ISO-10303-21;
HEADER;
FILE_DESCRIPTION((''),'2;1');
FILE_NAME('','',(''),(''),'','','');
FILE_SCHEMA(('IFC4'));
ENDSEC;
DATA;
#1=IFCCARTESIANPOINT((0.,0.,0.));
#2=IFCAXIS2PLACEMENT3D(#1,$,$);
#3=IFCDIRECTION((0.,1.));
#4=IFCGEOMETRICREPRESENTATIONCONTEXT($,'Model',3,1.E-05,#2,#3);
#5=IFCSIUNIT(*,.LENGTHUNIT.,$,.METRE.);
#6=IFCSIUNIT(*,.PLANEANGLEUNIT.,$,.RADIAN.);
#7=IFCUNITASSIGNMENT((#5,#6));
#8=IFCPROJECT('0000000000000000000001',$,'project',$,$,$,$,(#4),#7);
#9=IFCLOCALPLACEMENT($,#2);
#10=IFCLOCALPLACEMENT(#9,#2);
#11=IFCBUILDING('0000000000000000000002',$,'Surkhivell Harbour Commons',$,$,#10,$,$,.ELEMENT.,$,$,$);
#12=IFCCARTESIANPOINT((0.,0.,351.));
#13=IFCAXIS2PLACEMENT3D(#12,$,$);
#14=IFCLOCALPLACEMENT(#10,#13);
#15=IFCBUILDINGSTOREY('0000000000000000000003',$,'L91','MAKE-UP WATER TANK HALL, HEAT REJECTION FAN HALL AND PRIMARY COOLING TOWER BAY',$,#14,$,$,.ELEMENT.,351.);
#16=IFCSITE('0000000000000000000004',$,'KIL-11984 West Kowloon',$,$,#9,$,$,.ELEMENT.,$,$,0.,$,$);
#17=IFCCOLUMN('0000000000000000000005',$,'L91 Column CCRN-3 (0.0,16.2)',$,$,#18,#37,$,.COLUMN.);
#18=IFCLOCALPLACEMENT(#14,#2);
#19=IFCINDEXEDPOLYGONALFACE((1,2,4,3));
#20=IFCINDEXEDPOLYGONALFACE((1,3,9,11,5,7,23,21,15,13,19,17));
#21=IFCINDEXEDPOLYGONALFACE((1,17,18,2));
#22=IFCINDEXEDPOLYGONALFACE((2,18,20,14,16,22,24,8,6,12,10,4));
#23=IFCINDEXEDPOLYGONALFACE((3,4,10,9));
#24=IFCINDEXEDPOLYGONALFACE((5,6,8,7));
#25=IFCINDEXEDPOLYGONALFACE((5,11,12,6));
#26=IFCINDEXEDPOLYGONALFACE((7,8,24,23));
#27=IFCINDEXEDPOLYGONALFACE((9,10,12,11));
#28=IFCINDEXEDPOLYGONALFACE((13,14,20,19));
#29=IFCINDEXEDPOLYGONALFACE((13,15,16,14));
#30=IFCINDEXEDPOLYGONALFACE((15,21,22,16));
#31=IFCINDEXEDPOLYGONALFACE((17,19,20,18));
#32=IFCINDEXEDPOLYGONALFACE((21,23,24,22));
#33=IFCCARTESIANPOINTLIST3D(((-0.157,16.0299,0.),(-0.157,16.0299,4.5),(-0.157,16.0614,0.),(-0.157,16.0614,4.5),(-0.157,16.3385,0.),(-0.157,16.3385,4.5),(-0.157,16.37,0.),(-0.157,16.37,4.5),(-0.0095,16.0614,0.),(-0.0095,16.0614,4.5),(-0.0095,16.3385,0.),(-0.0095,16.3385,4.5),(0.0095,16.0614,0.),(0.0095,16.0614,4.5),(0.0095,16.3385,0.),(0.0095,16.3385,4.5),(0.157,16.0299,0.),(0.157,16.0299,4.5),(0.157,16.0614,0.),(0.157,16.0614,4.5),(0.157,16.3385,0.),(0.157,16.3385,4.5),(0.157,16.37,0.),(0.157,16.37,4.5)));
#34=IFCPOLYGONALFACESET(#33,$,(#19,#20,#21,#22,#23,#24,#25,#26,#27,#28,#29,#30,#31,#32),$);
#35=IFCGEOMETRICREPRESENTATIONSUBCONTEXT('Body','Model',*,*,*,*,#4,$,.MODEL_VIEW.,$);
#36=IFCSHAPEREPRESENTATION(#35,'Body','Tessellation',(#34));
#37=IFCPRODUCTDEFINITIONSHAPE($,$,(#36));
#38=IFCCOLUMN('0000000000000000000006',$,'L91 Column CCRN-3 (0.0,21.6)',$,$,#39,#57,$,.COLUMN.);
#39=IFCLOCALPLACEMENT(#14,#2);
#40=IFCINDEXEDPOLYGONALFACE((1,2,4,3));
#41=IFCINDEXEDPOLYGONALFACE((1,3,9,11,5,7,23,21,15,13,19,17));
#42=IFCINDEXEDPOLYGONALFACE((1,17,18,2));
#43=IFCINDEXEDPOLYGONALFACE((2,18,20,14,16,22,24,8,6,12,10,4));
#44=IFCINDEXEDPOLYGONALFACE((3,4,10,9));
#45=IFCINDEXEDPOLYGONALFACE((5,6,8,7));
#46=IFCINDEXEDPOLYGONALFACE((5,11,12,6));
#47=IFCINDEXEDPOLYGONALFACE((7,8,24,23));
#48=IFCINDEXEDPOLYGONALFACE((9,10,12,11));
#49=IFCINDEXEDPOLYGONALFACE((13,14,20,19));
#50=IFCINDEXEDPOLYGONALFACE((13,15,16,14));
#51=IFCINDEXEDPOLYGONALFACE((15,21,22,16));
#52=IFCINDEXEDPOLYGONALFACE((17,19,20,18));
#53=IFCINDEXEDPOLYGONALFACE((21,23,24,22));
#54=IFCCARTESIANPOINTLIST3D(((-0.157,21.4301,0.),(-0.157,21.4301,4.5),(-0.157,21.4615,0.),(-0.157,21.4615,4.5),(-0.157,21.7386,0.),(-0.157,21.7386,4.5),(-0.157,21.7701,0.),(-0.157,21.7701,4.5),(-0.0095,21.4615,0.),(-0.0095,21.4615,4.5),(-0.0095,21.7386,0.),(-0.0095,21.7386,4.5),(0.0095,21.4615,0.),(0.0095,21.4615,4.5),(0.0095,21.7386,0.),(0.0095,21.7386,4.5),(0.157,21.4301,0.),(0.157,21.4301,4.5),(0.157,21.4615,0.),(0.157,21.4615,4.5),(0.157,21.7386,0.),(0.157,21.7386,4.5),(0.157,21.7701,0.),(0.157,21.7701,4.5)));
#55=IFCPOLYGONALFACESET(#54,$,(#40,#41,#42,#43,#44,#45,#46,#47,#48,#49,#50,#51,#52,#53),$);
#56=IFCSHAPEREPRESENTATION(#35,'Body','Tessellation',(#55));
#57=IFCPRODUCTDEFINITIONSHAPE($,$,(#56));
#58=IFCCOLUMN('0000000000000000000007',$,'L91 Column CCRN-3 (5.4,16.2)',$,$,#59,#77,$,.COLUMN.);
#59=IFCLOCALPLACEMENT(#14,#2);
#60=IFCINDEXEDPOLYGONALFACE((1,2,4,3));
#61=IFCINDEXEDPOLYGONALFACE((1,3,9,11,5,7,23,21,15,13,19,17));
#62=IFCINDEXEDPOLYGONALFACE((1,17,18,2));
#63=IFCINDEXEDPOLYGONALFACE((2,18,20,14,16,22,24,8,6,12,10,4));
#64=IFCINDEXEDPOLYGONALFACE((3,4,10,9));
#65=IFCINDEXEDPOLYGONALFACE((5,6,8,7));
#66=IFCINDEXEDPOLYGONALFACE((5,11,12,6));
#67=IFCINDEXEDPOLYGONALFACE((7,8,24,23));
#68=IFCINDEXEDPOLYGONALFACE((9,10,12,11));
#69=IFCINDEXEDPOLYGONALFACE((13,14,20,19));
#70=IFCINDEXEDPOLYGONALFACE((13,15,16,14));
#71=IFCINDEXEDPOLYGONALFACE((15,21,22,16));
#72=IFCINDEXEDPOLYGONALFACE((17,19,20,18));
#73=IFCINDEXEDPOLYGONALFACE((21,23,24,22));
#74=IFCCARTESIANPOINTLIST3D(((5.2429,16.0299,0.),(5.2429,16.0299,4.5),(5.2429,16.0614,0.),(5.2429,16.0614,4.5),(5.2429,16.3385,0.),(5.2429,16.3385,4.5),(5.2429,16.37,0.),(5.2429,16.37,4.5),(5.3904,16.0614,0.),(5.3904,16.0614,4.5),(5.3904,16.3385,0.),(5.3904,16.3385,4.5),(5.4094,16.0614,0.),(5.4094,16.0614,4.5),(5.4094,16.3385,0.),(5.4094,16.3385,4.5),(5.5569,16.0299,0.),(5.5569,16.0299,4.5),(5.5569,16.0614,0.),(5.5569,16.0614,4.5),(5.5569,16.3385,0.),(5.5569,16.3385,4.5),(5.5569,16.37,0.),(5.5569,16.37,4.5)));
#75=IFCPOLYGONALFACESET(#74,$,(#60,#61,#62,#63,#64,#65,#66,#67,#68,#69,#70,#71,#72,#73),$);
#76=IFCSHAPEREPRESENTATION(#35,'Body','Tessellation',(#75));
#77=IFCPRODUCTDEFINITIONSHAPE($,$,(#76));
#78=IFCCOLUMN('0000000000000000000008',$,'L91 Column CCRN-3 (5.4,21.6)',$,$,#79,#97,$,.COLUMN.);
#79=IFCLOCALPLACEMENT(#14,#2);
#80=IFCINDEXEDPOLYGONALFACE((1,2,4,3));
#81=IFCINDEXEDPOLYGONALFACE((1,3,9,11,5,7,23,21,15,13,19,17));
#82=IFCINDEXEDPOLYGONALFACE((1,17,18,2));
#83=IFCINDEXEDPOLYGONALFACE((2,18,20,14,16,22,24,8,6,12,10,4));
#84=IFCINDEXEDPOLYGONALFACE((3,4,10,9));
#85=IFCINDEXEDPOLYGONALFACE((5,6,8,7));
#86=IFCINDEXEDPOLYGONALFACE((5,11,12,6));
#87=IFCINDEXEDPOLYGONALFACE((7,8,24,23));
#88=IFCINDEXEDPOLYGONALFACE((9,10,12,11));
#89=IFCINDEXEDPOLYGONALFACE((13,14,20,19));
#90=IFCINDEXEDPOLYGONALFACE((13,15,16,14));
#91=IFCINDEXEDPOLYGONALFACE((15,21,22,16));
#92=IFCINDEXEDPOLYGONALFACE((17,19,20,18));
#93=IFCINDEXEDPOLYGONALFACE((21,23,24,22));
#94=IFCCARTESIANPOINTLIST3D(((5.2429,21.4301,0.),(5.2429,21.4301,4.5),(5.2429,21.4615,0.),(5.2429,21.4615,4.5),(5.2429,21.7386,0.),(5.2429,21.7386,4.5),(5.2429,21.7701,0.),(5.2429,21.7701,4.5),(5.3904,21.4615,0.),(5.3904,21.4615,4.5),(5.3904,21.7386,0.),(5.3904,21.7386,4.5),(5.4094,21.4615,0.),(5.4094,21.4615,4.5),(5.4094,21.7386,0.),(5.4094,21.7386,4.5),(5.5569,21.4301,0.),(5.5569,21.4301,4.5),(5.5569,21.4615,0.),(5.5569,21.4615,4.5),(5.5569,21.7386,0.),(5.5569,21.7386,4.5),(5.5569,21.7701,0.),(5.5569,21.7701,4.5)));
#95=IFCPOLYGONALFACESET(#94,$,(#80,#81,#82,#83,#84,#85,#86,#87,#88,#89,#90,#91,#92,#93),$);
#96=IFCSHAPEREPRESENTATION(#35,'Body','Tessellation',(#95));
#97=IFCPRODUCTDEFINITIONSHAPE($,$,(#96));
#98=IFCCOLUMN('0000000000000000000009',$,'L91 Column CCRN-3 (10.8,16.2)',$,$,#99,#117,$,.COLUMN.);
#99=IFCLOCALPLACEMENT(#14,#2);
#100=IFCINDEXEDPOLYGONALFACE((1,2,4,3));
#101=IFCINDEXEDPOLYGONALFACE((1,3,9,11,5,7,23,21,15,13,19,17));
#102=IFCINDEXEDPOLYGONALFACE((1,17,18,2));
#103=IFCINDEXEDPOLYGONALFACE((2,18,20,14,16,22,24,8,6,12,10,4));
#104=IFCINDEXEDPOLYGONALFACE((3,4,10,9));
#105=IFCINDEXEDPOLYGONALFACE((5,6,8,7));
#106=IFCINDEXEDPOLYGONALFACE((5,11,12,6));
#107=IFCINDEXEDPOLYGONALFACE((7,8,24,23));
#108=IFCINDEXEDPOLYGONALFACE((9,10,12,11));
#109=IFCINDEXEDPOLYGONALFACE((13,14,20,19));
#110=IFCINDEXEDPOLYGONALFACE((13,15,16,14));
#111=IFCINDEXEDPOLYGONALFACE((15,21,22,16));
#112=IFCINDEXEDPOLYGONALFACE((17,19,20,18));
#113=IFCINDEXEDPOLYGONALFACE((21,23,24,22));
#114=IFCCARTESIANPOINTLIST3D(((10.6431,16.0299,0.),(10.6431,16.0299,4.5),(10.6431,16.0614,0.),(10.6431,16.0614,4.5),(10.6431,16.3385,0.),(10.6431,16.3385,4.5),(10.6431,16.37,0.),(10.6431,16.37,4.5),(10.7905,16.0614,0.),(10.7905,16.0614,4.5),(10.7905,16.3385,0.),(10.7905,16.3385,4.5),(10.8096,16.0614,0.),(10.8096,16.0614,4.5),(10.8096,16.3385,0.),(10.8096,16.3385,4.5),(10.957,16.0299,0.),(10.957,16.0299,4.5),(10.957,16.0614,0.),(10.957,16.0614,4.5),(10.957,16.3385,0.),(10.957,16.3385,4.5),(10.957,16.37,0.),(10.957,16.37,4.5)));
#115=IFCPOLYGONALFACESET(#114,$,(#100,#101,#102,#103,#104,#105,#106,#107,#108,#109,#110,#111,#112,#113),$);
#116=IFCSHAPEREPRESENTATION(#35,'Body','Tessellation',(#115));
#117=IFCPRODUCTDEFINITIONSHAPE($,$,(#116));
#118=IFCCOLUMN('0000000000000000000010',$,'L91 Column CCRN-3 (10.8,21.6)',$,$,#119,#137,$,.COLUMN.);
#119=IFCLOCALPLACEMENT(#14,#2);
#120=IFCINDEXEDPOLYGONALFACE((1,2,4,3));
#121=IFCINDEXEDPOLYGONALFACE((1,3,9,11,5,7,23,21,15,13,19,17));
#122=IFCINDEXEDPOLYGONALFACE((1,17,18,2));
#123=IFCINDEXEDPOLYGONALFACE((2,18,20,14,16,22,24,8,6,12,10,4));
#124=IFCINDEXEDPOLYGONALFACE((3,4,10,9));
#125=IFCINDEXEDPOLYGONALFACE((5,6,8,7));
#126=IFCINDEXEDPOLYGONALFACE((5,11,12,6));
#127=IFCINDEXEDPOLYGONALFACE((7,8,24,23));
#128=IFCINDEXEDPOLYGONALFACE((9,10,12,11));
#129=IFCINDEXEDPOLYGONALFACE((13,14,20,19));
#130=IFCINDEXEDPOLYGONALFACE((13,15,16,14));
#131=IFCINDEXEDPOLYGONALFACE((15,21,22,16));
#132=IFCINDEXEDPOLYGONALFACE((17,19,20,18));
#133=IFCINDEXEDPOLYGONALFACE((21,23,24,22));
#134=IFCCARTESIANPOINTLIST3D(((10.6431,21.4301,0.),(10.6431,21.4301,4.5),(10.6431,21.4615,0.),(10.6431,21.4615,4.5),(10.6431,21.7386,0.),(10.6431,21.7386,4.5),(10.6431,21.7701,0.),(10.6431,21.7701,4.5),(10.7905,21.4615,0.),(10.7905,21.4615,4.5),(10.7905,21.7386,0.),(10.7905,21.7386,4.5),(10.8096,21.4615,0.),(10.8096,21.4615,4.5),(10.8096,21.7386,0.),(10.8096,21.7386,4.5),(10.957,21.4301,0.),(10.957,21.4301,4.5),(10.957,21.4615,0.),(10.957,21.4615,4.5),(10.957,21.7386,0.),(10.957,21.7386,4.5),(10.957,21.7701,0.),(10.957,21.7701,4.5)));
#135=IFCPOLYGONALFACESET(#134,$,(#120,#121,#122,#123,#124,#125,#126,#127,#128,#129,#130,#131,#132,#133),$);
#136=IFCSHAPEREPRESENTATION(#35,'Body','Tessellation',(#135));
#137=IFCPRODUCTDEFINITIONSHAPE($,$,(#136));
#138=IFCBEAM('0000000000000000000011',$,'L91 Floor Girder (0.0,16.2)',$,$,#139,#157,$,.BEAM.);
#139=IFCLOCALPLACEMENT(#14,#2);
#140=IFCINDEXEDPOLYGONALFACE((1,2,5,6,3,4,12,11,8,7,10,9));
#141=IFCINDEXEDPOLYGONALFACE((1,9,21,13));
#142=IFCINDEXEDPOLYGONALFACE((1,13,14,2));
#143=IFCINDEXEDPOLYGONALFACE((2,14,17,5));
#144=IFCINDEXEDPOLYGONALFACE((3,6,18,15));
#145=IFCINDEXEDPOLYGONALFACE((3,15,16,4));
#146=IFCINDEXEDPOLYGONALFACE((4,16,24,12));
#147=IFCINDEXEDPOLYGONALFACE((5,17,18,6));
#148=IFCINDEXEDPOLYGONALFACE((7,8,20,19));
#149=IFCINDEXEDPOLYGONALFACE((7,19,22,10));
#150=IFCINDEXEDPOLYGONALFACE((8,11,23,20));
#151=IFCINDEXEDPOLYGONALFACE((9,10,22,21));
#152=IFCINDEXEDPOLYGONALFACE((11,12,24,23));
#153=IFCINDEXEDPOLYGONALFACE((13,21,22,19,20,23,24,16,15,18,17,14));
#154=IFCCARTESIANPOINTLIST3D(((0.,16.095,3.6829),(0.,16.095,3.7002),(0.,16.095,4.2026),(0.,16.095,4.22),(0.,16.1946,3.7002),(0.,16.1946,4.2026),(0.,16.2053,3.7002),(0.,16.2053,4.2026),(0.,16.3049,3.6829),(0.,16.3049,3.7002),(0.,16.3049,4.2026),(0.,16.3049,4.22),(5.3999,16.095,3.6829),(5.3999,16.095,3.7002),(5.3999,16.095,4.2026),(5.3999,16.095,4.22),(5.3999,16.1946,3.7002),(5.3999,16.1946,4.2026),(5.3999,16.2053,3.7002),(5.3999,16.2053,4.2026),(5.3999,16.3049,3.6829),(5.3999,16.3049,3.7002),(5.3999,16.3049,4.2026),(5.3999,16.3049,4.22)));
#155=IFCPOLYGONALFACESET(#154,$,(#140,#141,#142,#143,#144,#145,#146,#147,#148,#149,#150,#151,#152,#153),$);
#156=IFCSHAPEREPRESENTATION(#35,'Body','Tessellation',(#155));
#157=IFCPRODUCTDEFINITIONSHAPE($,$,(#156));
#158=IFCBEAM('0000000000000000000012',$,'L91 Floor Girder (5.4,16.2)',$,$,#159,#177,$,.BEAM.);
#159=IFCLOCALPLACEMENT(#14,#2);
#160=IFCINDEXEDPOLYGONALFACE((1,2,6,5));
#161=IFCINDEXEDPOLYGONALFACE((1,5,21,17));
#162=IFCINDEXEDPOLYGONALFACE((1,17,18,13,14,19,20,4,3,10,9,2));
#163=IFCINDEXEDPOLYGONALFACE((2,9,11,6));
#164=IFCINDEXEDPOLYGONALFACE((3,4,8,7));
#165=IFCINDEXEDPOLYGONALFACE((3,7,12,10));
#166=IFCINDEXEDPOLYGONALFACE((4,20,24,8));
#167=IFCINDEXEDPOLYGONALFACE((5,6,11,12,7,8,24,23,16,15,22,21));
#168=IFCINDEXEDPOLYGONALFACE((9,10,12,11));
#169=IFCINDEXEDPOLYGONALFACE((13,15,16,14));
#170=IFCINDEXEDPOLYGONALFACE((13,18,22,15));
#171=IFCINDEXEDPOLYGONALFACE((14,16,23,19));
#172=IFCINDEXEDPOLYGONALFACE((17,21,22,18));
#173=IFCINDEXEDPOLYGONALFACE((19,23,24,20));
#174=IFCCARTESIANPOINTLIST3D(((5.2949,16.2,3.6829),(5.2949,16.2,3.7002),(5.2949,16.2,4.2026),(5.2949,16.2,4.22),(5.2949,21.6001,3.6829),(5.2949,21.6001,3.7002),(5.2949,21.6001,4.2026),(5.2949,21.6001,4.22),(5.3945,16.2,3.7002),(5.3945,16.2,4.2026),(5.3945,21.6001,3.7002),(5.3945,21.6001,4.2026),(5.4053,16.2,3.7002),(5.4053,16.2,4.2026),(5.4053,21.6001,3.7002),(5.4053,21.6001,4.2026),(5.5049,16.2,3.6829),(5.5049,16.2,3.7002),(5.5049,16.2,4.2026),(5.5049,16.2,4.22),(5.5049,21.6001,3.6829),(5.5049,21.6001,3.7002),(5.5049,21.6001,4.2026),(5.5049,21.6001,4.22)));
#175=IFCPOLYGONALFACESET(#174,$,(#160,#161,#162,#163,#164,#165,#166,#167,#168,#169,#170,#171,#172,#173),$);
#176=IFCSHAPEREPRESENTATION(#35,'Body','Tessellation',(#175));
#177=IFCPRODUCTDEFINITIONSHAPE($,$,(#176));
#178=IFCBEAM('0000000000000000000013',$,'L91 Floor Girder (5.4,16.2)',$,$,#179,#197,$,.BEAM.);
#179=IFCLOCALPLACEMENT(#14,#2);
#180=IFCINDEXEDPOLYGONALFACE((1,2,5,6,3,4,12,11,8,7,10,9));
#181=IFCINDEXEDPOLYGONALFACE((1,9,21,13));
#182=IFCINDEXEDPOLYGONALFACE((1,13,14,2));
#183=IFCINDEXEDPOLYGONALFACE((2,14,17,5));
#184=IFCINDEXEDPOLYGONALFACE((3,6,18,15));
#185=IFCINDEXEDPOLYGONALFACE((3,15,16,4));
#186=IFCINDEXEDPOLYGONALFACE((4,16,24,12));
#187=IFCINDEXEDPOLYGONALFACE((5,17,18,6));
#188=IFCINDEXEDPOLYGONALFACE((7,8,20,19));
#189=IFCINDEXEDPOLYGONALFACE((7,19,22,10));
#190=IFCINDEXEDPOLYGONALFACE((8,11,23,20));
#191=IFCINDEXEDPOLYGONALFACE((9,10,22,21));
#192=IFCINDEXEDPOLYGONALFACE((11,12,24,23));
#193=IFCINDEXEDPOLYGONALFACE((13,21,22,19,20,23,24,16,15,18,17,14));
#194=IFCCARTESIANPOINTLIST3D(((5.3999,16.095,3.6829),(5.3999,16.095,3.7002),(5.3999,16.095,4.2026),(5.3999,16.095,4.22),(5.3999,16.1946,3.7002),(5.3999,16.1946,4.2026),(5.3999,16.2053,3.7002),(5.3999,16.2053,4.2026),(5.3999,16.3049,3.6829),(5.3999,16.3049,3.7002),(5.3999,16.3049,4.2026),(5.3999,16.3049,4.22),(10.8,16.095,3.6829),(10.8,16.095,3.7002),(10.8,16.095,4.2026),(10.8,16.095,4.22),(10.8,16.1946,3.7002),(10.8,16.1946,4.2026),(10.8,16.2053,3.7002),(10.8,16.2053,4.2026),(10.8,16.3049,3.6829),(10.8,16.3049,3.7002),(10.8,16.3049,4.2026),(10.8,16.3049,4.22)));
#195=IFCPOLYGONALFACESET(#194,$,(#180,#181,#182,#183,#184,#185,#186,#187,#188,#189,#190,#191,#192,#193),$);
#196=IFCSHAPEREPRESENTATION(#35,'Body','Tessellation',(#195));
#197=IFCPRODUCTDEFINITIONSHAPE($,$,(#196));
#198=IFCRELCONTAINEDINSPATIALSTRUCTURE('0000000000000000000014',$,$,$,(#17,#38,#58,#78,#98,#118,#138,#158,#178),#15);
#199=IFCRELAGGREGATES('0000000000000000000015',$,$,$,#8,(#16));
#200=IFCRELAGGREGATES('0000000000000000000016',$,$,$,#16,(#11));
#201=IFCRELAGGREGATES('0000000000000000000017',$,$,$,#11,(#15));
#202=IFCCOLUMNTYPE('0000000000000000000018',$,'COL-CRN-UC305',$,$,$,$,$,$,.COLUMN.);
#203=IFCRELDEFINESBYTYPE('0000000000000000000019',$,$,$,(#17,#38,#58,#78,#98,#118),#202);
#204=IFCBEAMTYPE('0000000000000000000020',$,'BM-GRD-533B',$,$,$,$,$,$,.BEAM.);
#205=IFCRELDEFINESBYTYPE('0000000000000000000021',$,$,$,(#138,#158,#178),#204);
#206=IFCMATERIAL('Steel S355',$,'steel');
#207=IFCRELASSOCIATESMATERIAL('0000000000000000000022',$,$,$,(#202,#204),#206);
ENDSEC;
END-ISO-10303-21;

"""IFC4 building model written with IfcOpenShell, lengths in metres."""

from ifc_helpers import new_model, si_unit, direction, frame, origin, origin_2d, place, context, subcontext, project, spatial, i_section, extrude, material, material_profile, profile_set, type_object, element, save


model = new_model("IFC4")

# Units and contexts
model_context = context("Model", 3, precision=1e-05, world=origin(), true_north=direction((0.0, 1.0)))
body_context = subcontext(model_context, "Body", "Model", "MODEL_VIEW")
ifc_project = project(units=[si_unit("LENGTHUNIT", "METRE"), si_unit("PLANEANGLEUNIT", "RADIAN")], contexts=[model_context])

# Site, building, storey
site_placement = place(None, origin())
site = spatial("IfcSite", under=ifc_project, at=site_placement, Name="KIL-11984 West Kowloon", CompositionType="ELEMENT", RefElevation=0.0)
building_placement = place(site_placement, origin())
building = spatial("IfcBuilding", under=site, at=building_placement, Name="Surkhivell Harbour Commons", CompositionType="ELEMENT")
storey_placement = place(building_placement, frame((0.0, 0.0, 351.0)))
storey = spatial("IfcBuildingStorey", under=building, at=storey_placement, Name="L91", Description="MAKE-UP WATER TANK HALL, HEAT REJECTION FAN HALL AND PRIMARY COOLING TOWER BAY", CompositionType="ELEMENT", Elevation=351.0)

# Columns
ifc_material_1 = material(Name="Steel S355", Category="steel")
ifc_material_profile_1 = material_profile(ifc_material_1, i_section(OverallWidth=0.314, OverallDepth=0.3401, WebThickness=0.019, FlangeThickness=0.0315, at=origin_2d()), Name="UC305x305x198")
ifc_profile_set_1 = profile_set([ifc_material_profile_1], Name="Steel S355")
column_type = type_object("IfcColumnType", Name="COL-CRN-UC305", PredefinedType="COLUMN", material=ifc_profile_set_1)
for number, where, z_axis, x_axis, name in (
    (1, (0.0, 16.2, 0.0), (0.0, 0.0, 1.0), (1.0, 0.0, 0.0), "L91 Column CCRN-3 (0.0,16.2)"),
    (2, (0.0, 21.6001, 0.0), (0.0, 0.0, 1.0), (1.0, 0.0, 0.0), "L91 Column CCRN-3 (0.0,21.6)"),
    (3, (5.3999, 16.2, 0.0), (0.0, 0.0, 1.0), (1.0, 0.0, 0.0), "L91 Column CCRN-3 (5.4,16.2)"),
    (4, (5.3999, 21.6001, 0.0), (0.0, 0.0, 1.0), (1.0, 0.0, 0.0), "L91 Column CCRN-3 (5.4,21.6)"),
    (5, (10.8, 16.2, 0.0), (0.0, 0.0, 1.0), (1.0, 0.0, 0.0), "L91 Column CCRN-3 (10.8,16.2)"),
    (6, (10.8, 21.6001, 0.0), (0.0, 0.0, 1.0), (1.0, 0.0, 0.0), "L91 Column CCRN-3 (10.8,21.6)"),
):
    element("IfcColumn", number, at=place(storey_placement, frame(where, z_axis=z_axis, x_axis=x_axis)), inside=storey, type_object=column_type, Name=name, PredefinedType="COLUMN", context=body_context, shape_type="SweptSolid", body=[
        extrude(i_section(OverallWidth=0.314, OverallDepth=0.3401, WebThickness=0.019, FlangeThickness=0.0315, at=origin_2d()), origin(), (0.0, 0.0, 1.0), 4.5),
    ])

# Beams
ifc_material_profile_2 = material_profile(ifc_material_1, i_section(OverallWidth=0.21, OverallDepth=0.5371, WebThickness=0.0107, FlangeThickness=0.0173, at=origin_2d()), Name="UB533x210x101")
ifc_profile_set_2 = profile_set([ifc_material_profile_2], Name="Steel S355")
beam_type_1 = type_object("IfcBeamType", Name="BM-GRD-533B", PredefinedType="BEAM", material=ifc_profile_set_2)
beam_1_placement = place(storey_placement, frame((0.0, 16.2, 3.9514), z_axis=(1.0, 0.0, 0.0), x_axis=(0.0, 1.0, 0.0)))
element("IfcBeam", 7, at=beam_1_placement, inside=storey, type_object=beam_type_1, Name="L91 Floor Girder (0.0,16.2)", PredefinedType="BEAM", context=body_context, shape_type="SweptSolid", body=[
    extrude(i_section(OverallWidth=0.21, OverallDepth=0.5371, WebThickness=0.0107, FlangeThickness=0.0173, at=origin_2d()), origin(), (0.0, 0.0, 1.0), 5.3999),
])
for number, where, z_axis, x_axis, name in (
    (8, (5.3999, 16.2, 3.9514), (0.0, 1.0, 0.0), (-1.0, 0.0, 0.0), "L91 Floor Girder (5.4,16.2)"),
    (9, (5.3999, 16.2, 3.9514), (1.0, 0.0, 0.0), (0.0, 1.0, 0.0), "L91 Floor Girder (5.4,16.2)"),
):
    element("IfcBeam", number, at=place(storey_placement, frame(where, z_axis=z_axis, x_axis=x_axis)), inside=storey, type_object=beam_type_1, Name=name, PredefinedType="BEAM", context=body_context, shape_type="SweptSolid", body=[
        extrude(i_section(OverallWidth=0.21, OverallDepth=0.5371, WebThickness=0.0107, FlangeThickness=0.0173, at=origin_2d()), origin(), (0.0, 0.0, 1.0), 5.4001),
    ])

save(model, "model.ifc")
